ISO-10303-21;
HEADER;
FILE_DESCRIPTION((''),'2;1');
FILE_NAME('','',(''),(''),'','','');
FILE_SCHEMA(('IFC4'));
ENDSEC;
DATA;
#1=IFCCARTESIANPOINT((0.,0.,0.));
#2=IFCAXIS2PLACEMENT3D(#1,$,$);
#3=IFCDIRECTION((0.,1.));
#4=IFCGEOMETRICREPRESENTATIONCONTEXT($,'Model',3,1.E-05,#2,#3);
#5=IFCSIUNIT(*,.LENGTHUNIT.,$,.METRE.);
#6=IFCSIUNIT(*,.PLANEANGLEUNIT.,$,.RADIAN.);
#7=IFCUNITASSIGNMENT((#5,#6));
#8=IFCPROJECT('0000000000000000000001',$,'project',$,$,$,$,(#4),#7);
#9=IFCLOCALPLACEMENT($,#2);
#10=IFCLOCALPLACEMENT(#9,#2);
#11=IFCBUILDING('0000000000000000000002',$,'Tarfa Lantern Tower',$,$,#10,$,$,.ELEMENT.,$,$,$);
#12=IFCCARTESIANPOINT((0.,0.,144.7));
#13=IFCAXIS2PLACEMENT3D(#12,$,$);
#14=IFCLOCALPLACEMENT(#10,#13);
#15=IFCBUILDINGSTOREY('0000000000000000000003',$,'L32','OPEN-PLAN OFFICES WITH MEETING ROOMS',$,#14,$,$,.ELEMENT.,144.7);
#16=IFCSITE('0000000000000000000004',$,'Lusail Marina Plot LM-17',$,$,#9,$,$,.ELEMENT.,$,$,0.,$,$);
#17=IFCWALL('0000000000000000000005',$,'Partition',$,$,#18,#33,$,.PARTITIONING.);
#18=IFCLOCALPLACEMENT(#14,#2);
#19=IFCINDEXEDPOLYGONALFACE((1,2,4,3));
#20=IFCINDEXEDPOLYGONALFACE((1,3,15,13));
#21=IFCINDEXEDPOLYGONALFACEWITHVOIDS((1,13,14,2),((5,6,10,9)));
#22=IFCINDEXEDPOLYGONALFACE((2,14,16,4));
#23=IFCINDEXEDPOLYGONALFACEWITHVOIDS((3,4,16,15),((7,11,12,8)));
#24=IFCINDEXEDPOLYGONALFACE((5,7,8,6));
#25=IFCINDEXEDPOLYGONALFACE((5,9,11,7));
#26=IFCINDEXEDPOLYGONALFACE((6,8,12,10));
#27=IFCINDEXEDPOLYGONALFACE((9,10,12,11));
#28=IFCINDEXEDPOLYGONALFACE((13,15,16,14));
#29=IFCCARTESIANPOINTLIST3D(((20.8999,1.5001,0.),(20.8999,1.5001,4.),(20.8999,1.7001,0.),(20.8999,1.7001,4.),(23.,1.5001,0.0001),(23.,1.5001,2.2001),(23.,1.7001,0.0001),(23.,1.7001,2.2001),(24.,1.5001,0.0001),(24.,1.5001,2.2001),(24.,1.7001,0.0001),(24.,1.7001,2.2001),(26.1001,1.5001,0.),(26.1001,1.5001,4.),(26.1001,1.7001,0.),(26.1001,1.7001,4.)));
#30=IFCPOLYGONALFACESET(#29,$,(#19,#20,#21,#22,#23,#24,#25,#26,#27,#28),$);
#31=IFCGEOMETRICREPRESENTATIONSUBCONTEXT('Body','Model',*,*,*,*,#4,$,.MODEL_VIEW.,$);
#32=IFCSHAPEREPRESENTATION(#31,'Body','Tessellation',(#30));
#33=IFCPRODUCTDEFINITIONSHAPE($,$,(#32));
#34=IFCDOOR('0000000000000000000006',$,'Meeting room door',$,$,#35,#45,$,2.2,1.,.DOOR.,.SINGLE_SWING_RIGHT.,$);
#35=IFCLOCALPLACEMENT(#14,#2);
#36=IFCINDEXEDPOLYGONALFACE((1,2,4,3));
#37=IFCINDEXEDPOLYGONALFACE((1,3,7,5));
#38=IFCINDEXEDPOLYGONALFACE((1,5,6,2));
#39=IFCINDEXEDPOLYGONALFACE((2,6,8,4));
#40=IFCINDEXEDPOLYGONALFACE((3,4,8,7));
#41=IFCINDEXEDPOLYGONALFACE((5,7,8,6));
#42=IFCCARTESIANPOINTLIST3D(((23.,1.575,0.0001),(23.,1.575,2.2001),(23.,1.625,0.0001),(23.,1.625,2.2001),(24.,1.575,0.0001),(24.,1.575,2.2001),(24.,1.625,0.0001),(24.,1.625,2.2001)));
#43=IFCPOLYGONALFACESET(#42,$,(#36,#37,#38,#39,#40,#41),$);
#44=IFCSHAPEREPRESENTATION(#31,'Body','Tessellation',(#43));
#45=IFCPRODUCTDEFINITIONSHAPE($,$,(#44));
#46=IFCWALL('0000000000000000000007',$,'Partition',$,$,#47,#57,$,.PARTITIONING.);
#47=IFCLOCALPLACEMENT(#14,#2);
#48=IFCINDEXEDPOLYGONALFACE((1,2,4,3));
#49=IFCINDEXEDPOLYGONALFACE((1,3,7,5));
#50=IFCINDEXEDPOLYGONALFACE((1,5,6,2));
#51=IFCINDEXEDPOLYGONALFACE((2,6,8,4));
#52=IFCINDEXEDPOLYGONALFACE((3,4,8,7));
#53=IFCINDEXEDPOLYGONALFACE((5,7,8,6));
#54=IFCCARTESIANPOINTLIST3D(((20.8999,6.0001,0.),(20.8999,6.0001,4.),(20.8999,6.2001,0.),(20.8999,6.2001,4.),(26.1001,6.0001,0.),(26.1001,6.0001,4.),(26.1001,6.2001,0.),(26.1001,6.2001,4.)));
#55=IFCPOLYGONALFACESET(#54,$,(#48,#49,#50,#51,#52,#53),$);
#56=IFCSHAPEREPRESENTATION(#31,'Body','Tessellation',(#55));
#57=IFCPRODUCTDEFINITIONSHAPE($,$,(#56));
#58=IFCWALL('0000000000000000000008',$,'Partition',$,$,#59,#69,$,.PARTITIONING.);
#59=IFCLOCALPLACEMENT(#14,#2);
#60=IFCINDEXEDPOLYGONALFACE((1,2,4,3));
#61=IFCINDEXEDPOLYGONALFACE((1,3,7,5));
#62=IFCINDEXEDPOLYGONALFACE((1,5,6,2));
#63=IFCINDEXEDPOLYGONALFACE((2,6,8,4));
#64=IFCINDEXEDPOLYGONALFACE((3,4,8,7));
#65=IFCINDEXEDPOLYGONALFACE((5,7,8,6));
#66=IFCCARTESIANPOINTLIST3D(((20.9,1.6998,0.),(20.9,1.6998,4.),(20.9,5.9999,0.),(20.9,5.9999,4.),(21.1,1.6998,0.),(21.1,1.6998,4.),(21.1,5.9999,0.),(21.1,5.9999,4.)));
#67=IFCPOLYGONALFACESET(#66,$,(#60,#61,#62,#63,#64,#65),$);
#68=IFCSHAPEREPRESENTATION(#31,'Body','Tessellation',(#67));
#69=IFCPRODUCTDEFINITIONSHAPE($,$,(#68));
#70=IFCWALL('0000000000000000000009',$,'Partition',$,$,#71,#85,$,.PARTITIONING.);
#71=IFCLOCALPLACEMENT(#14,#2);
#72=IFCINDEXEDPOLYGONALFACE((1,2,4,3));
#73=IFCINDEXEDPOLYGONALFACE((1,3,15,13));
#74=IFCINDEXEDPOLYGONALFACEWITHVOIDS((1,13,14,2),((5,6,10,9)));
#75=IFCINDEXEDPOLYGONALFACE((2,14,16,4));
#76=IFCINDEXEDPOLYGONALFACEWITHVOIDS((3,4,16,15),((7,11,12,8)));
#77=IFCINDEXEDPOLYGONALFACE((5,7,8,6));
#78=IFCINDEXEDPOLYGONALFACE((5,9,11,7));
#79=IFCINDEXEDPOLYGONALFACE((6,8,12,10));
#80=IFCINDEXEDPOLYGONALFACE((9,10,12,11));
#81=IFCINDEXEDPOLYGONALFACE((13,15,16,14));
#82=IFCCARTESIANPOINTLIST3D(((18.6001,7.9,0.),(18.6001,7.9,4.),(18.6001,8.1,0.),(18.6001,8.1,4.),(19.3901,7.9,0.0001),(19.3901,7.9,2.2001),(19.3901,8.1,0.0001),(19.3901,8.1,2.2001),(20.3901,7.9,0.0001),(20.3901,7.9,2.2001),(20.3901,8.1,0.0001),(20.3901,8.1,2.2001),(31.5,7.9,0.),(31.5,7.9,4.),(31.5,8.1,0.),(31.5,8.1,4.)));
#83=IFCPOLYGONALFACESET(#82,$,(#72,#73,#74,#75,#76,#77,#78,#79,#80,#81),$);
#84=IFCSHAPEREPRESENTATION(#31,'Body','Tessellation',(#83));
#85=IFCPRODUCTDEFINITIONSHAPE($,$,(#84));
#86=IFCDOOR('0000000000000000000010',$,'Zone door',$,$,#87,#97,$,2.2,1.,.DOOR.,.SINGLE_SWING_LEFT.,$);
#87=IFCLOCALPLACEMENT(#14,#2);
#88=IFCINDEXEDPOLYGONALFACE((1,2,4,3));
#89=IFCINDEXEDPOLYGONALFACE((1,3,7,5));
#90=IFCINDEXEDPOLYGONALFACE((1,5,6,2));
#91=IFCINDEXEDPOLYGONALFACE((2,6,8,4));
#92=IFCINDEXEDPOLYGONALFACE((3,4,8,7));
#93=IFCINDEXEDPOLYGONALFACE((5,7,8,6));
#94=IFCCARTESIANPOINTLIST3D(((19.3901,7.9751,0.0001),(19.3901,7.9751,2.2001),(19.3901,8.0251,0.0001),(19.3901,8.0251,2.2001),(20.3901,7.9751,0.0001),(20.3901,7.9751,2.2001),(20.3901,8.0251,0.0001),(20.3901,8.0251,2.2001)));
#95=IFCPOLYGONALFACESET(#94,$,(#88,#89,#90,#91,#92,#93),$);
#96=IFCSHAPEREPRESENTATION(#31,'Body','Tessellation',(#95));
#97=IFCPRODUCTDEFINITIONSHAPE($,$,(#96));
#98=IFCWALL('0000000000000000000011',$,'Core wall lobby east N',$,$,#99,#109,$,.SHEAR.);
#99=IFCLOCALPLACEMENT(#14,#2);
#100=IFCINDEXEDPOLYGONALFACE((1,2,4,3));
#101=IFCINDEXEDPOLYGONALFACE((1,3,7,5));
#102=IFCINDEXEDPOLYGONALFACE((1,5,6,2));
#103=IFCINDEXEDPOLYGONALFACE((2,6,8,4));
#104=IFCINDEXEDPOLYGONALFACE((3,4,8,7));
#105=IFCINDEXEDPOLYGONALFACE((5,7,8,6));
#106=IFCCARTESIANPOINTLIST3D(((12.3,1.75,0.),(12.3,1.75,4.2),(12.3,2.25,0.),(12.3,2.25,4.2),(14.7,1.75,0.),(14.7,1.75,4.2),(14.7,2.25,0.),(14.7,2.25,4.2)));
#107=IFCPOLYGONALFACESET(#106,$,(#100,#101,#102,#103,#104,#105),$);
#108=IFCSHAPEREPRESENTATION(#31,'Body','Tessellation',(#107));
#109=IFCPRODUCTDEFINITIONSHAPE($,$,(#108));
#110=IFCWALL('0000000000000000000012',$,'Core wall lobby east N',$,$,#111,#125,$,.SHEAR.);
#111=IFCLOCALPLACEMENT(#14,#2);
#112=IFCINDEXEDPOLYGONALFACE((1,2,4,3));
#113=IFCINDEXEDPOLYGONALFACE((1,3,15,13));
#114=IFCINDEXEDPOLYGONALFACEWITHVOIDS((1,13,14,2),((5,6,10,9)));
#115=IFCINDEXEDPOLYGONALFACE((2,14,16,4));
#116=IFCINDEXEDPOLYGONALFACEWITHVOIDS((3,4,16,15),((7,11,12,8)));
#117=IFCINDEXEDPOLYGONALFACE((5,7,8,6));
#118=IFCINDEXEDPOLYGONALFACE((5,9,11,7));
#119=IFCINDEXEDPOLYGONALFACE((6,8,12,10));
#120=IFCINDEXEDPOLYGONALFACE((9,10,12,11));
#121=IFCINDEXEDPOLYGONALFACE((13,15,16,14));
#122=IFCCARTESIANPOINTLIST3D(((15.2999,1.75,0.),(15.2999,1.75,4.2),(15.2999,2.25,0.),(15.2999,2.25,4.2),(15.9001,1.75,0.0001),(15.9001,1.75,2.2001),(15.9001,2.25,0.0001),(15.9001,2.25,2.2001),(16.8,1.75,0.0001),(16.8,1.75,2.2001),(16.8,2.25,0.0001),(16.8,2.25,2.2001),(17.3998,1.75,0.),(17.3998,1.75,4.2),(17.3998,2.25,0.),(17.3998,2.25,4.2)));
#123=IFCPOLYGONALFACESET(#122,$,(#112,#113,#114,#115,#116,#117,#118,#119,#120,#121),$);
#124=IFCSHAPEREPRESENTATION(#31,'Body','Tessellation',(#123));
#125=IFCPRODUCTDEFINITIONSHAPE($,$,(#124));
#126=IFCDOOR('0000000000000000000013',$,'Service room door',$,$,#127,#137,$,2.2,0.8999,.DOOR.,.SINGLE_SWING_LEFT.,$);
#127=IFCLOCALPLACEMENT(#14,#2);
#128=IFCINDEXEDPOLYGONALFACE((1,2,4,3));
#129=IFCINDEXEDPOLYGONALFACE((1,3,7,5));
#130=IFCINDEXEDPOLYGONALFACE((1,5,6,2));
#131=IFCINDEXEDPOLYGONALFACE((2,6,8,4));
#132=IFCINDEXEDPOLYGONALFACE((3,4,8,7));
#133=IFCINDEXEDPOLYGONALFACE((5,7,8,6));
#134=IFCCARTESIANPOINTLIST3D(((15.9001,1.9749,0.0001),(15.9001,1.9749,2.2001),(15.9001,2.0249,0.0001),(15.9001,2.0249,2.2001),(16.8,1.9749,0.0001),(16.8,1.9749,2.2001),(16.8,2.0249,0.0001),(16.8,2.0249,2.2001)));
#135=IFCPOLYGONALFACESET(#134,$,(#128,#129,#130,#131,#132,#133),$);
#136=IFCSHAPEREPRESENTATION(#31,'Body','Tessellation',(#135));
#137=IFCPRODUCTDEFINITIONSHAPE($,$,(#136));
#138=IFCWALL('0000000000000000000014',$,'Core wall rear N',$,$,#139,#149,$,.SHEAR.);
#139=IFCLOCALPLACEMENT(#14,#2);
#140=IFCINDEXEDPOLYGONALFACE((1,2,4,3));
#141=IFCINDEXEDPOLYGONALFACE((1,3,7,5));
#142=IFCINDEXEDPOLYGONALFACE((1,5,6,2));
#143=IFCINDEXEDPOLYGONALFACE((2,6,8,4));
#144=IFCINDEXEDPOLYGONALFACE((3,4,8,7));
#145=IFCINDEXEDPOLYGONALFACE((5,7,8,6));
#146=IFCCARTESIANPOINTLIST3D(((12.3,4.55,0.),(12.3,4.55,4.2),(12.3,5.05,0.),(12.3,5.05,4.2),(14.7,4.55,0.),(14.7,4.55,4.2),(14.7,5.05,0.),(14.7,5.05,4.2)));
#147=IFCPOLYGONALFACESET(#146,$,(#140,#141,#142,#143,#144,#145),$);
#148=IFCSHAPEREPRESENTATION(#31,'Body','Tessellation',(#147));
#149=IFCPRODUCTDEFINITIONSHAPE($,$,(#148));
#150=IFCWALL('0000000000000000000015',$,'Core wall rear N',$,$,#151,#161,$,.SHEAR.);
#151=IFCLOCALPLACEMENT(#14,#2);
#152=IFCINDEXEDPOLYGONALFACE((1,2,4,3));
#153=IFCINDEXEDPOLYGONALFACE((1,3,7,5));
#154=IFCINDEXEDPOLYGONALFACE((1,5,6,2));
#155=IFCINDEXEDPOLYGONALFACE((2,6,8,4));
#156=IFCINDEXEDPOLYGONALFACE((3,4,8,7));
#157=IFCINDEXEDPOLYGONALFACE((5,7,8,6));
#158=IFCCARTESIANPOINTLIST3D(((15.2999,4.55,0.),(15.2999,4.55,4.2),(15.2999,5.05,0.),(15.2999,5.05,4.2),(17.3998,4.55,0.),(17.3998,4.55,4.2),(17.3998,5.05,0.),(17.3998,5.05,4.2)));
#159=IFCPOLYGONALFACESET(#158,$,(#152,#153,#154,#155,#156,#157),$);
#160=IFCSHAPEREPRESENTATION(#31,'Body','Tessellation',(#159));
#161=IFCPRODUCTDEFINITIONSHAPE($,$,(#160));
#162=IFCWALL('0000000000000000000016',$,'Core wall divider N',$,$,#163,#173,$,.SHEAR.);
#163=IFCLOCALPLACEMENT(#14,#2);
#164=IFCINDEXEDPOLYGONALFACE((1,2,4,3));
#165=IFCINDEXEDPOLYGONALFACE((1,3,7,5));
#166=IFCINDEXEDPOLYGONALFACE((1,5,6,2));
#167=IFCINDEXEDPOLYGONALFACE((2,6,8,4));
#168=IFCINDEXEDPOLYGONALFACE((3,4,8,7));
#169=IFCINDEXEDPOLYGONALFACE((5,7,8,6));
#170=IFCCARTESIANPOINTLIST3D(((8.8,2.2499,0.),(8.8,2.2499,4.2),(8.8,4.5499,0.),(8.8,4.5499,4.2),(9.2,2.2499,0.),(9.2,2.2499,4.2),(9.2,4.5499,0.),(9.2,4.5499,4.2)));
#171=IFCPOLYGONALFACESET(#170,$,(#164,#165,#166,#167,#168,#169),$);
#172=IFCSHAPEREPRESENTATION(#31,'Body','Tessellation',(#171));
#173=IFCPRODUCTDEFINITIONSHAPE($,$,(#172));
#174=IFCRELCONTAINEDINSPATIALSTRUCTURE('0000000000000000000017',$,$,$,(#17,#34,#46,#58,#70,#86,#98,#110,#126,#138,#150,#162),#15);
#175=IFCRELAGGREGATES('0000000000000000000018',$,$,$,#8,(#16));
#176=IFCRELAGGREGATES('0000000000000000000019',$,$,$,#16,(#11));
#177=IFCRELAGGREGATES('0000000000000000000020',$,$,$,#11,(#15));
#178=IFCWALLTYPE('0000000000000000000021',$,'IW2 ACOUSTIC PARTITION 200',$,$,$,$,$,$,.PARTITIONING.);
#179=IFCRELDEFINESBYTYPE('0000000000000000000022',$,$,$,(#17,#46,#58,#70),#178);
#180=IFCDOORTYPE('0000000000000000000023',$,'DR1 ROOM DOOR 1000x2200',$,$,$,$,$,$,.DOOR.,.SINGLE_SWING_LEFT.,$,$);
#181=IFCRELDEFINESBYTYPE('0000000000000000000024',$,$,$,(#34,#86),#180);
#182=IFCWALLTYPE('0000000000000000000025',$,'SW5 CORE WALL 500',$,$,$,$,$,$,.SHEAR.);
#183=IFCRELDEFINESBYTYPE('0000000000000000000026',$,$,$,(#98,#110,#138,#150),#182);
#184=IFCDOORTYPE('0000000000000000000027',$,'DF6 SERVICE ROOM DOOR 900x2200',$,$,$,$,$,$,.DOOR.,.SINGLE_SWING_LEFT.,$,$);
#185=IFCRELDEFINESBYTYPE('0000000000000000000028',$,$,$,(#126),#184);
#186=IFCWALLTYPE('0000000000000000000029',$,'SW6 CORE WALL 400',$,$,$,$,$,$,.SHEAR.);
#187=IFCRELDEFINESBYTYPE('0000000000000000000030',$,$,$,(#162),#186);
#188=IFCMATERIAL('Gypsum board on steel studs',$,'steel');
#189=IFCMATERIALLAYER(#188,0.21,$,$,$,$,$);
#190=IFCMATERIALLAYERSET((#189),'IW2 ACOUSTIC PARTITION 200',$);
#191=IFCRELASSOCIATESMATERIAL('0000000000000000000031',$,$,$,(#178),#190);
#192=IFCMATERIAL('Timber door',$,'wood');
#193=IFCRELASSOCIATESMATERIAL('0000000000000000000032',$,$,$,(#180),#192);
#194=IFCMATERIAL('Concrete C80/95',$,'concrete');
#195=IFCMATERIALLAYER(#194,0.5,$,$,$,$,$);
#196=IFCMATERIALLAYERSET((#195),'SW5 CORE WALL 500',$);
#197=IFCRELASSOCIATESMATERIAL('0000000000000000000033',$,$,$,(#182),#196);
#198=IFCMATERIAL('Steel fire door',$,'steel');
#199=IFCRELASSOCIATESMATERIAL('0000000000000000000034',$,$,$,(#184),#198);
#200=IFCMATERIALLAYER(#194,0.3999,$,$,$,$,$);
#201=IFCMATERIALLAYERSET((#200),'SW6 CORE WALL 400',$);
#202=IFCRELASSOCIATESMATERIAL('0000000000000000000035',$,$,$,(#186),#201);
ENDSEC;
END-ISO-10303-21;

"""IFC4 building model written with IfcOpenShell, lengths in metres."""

from ifc_helpers import new_model, si_unit, direction, frame, frame_2d, origin, place, context, subcontext, project, spatial, rectangle, extrude, material, layer, layer_set, type_object, element, fill, save


model = new_model("IFC4")

# Units and contexts
model_context = context("Model", 3, precision=1e-05, world=origin(), true_north=direction((0.0, 1.0)))
body_context = subcontext(model_context, "Body", "Model", "MODEL_VIEW")
ifc_project = project(units=[si_unit("LENGTHUNIT", "METRE"), si_unit("PLANEANGLEUNIT", "RADIAN")], contexts=[model_context])

# Site, building, storey
site_placement = place(None, origin())
site = spatial("IfcSite", under=ifc_project, at=site_placement, Name="Lusail Marina Plot LM-17", CompositionType="ELEMENT", RefElevation=0.0)
building_placement = place(site_placement, origin())
building = spatial("IfcBuilding", under=site, at=building_placement, Name="Tarfa Lantern Tower", CompositionType="ELEMENT")
storey_placement = place(building_placement, frame((0.0, 0.0, 144.7)))
storey = spatial("IfcBuildingStorey", under=building, at=storey_placement, Name="L32", Description="OPEN-PLAN OFFICES WITH MEETING ROOMS", CompositionType="ELEMENT", Elevation=144.7)

# Shared definitions
ifc_material_1 = material(Name="Gypsum board on steel studs", Category="steel")
ifc_layer_1 = layer(ifc_material_1, 0.21)
ifc_layer_set_1 = layer_set([ifc_layer_1], Name="IW2 ACOUSTIC PARTITION 200")
wall_type_1 = type_object("IfcWallType", Name="IW2 ACOUSTIC PARTITION 200", PredefinedType="PARTITIONING", material=ifc_layer_set_1)

# Wall, opening, door
wall_1_placement = place(storey_placement, frame((20.8999, 1.6001, 0.0), z_axis=(0.0, 0.0, 1.0), x_axis=(1.0, 0.0, 0.0)))
wall_1 = element("IfcWall", 1, at=wall_1_placement, inside=storey, type_object=wall_type_1, Name="Partition", PredefinedType="PARTITIONING", context=body_context, shape_type="SweptSolid", body=[
    extrude(rectangle(XDim=5.2002, YDim=0.2, at=frame_2d((2.6001, 0.0))), origin(), (0.0, 0.0, 1.0), 4.0),
])
opening_1_placement = place(wall_1_placement, frame((2.1001, 0.0, 0.0)))
opening_1 = element("IfcOpeningElement", 2, at=opening_1_placement, cuts=wall_1, PredefinedType="OPENING", context=body_context, shape_type="SweptSolid", body=[
    extrude(rectangle(XDim=1.0, YDim=2.2, at=frame_2d((0.5, 1.1001))), frame((0.0, 0.1099, 0.0), z_axis=(0.0, -1.0, 0.0), x_axis=(1.0, 0.0, 0.0)), (0.0, 0.0, 1.0), 0.22),
])
ifc_material_2 = material(Name="Timber door", Category="wood")
door_type_1 = type_object("IfcDoorType", Name="DR1 ROOM DOOR 1000x2200", OperationType="SINGLE_SWING_LEFT", PredefinedType="DOOR", material=ifc_material_2)
door_1_placement = place(opening_1_placement, origin())
door_1 = element("IfcDoor", 3, at=door_1_placement, inside=storey, type_object=door_type_1, Name="Meeting room door", OperationType="SINGLE_SWING_RIGHT", OverallHeight=2.2, OverallWidth=1.0, PredefinedType="DOOR", context=body_context, shape_type="SweptSolid", body=[
    extrude(rectangle(XDim=1.0, YDim=2.2, at=frame_2d((0.5, 1.1001))), frame((0.0, 0.0249, 0.0), z_axis=(0.0, -1.0, 0.0), x_axis=(1.0, 0.0, 0.0)), (0.0, 0.0, 1.0), 0.05),
])
fill(opening_1, door_1)

# Walls
wall_2_placement = place(storey_placement, frame((20.8999, 6.1001, 0.0), z_axis=(0.0, 0.0, 1.0), x_axis=(1.0, 0.0, 0.0)))
element("IfcWall", 4, at=wall_2_placement, inside=storey, type_object=wall_type_1, Name="Partition", PredefinedType="PARTITIONING", context=body_context, shape_type="SweptSolid", body=[
    extrude(rectangle(XDim=5.2002, YDim=0.2, at=frame_2d((2.6001, 0.0))), origin(), (0.0, 0.0, 1.0), 4.0),
])
wall_3_placement = place(storey_placement, frame((21.0, 1.7, 0.0), z_axis=(0.0, 0.0, 1.0), x_axis=(0.0, 1.0, 0.0)))
element("IfcWall", 5, at=wall_3_placement, inside=storey, type_object=wall_type_1, Name="Partition", PredefinedType="PARTITIONING", context=body_context, shape_type="SweptSolid", body=[
    extrude(rectangle(XDim=4.3, YDim=0.2, at=frame_2d((2.1499, 0.0))), origin(), (0.0, 0.0, 1.0), 4.0),
])

# Wall, opening, door
wall_4_placement = place(storey_placement, frame((18.6001, 8.0, 0.0), z_axis=(0.0, 0.0, 1.0), x_axis=(1.0, 0.0, 0.0)))
wall_4 = element("IfcWall", 6, at=wall_4_placement, inside=storey, type_object=wall_type_1, Name="Partition", PredefinedType="PARTITIONING", context=body_context, shape_type="SweptSolid", body=[
    extrude(rectangle(XDim=12.8999, YDim=0.2, at=frame_2d((6.45, 0.0))), origin(), (0.0, 0.0, 1.0), 4.0),
])
opening_2_placement = place(wall_4_placement, frame((0.79, 0.0, 0.0)))
opening_2 = element("IfcOpeningElement", 7, at=opening_2_placement, cuts=wall_4, PredefinedType="OPENING", context=body_context, shape_type="SweptSolid", body=[
    extrude(rectangle(XDim=1.0, YDim=2.2, at=frame_2d((0.5, 1.1001))), frame((0.0, 0.1099, 0.0), z_axis=(0.0, -1.0, 0.0), x_axis=(1.0, 0.0, 0.0)), (0.0, 0.0, 1.0), 0.22),
])
door_2_placement = place(opening_2_placement, frame((1.0, 0.0, 0.0), z_axis=(0.0, 0.0, 1.0), x_axis=(-1.0, 0.0, 0.0)))
door_2 = element("IfcDoor", 8, at=door_2_placement, inside=storey, type_object=door_type_1, Name="Zone door", OperationType="SINGLE_SWING_LEFT", OverallHeight=2.2, OverallWidth=1.0, PredefinedType="DOOR", context=body_context, shape_type="SweptSolid", body=[
    extrude(rectangle(XDim=1.0, YDim=2.2, at=frame_2d((0.5, 1.1001))), frame((0.0, 0.0249, 0.0), z_axis=(0.0, -1.0, 0.0), x_axis=(1.0, 0.0, 0.0)), (0.0, 0.0, 1.0), 0.05),
])
fill(opening_2, door_2)

# Wall
ifc_material_3 = material(Name="Concrete C80/95", Category="concrete")
ifc_layer_2 = layer(ifc_material_3, 0.5)
ifc_layer_set_2 = layer_set([ifc_layer_2], Name="SW5 CORE WALL 500")
wall_type_2 = type_object("IfcWallType", Name="SW5 CORE WALL 500", PredefinedType="SHEAR", material=ifc_layer_set_2)
wall_5_placement = place(storey_placement, frame((12.3, 2.0, 0.0), z_axis=(0.0, 0.0, 1.0), x_axis=(1.0, 0.0, 0.0)))
element("IfcWall", 9, at=wall_5_placement, inside=storey, type_object=wall_type_2, Name="Core wall lobby east N", PredefinedType="SHEAR", context=body_context, shape_type="SweptSolid", body=[
    extrude(rectangle(XDim=2.3999, YDim=0.5, at=frame_2d((1.2, 0.0))), origin(), (0.0, 0.0, 1.0), 4.2),
])

# Wall, opening, door
wall_6_placement = place(storey_placement, frame((15.3, 2.0, 0.0), z_axis=(0.0, 0.0, 1.0), x_axis=(1.0, 0.0, 0.0)))
wall_6 = element("IfcWall", 10, at=wall_6_placement, inside=storey, type_object=wall_type_2, Name="Core wall lobby east N", PredefinedType="SHEAR", context=body_context, shape_type="SweptSolid", body=[
    extrude(rectangle(XDim=2.0999, YDim=0.5, at=frame_2d((1.0498, 0.0))), origin(), (0.0, 0.0, 1.0), 4.2),
])
opening_3_placement = place(wall_6_placement, frame((0.6001, 0.0, 0.0)))
opening_3 = element("IfcOpeningElement", 11, at=opening_3_placement, cuts=wall_6, PredefinedType="OPENING", context=body_context, shape_type="SweptSolid", body=[
    extrude(rectangle(XDim=0.8999, YDim=2.2, at=frame_2d((0.45, 1.1001))), frame((0.0, 0.26, 0.0), z_axis=(0.0, -1.0, 0.0), x_axis=(1.0, 0.0, 0.0)), (0.0, 0.0, 1.0), 0.52),
])
ifc_material_4 = material(Name="Steel fire door", Category="steel")
door_type_2 = type_object("IfcDoorType", Name="DF6 SERVICE ROOM DOOR 900x2200", OperationType="SINGLE_SWING_LEFT", PredefinedType="DOOR", material=ifc_material_4)
door_3_placement = place(opening_3_placement, origin())
door_3 = element("IfcDoor", 12, at=door_3_placement, inside=storey, type_object=door_type_2, Name="Service room door", OperationType="SINGLE_SWING_LEFT", OverallHeight=2.2, OverallWidth=0.8999, PredefinedType="DOOR", context=body_context, shape_type="SweptSolid", body=[
    extrude(rectangle(XDim=0.8999, YDim=2.2, at=frame_2d((0.45, 1.1001))), frame((0.0, 0.0249, 0.0), z_axis=(0.0, -1.0, 0.0), x_axis=(1.0, 0.0, 0.0)), (0.0, 0.0, 1.0), 0.05),
])
fill(opening_3, door_3)

# Walls
wall_7_placement = place(storey_placement, frame((12.3, 4.8, 0.0), z_axis=(0.0, 0.0, 1.0), x_axis=(1.0, 0.0, 0.0)))
element("IfcWall", 13, at=wall_7_placement, inside=storey, type_object=wall_type_2, Name="Core wall rear N", PredefinedType="SHEAR", context=body_context, shape_type="SweptSolid", body=[
    extrude(rectangle(XDim=2.3999, YDim=0.5, at=frame_2d((1.2, 0.0))), origin(), (0.0, 0.0, 1.0), 4.2),
])
wall_8_placement = place(storey_placement, frame((15.3, 4.8, 0.0), z_axis=(0.0, 0.0, 1.0), x_axis=(1.0, 0.0, 0.0)))
element("IfcWall", 14, at=wall_8_placement, inside=storey, type_object=wall_type_2, Name="Core wall rear N", PredefinedType="SHEAR", context=body_context, shape_type="SweptSolid", body=[
    extrude(rectangle(XDim=2.0999, YDim=0.5, at=frame_2d((1.0498, 0.0))), origin(), (0.0, 0.0, 1.0), 4.2),
])
ifc_layer_3 = layer(ifc_material_3, 0.3999)
ifc_layer_set_3 = layer_set([ifc_layer_3], Name="SW6 CORE WALL 400")
wall_type_3 = type_object("IfcWallType", Name="SW6 CORE WALL 400", PredefinedType="SHEAR", material=ifc_layer_set_3)
wall_9_placement = place(storey_placement, frame((9.0, 2.25, 0.0), z_axis=(0.0, 0.0, 1.0), x_axis=(0.0, 1.0, 0.0)))
element("IfcWall", 15, at=wall_9_placement, inside=storey, type_object=wall_type_3, Name="Core wall divider N", PredefinedType="SHEAR", context=body_context, shape_type="SweptSolid", body=[
    extrude(rectangle(XDim=2.3, YDim=0.3999, at=frame_2d((1.1499, 0.0))), origin(), (0.0, 0.0, 1.0), 4.2),
])

save(model, "model.ifc")
